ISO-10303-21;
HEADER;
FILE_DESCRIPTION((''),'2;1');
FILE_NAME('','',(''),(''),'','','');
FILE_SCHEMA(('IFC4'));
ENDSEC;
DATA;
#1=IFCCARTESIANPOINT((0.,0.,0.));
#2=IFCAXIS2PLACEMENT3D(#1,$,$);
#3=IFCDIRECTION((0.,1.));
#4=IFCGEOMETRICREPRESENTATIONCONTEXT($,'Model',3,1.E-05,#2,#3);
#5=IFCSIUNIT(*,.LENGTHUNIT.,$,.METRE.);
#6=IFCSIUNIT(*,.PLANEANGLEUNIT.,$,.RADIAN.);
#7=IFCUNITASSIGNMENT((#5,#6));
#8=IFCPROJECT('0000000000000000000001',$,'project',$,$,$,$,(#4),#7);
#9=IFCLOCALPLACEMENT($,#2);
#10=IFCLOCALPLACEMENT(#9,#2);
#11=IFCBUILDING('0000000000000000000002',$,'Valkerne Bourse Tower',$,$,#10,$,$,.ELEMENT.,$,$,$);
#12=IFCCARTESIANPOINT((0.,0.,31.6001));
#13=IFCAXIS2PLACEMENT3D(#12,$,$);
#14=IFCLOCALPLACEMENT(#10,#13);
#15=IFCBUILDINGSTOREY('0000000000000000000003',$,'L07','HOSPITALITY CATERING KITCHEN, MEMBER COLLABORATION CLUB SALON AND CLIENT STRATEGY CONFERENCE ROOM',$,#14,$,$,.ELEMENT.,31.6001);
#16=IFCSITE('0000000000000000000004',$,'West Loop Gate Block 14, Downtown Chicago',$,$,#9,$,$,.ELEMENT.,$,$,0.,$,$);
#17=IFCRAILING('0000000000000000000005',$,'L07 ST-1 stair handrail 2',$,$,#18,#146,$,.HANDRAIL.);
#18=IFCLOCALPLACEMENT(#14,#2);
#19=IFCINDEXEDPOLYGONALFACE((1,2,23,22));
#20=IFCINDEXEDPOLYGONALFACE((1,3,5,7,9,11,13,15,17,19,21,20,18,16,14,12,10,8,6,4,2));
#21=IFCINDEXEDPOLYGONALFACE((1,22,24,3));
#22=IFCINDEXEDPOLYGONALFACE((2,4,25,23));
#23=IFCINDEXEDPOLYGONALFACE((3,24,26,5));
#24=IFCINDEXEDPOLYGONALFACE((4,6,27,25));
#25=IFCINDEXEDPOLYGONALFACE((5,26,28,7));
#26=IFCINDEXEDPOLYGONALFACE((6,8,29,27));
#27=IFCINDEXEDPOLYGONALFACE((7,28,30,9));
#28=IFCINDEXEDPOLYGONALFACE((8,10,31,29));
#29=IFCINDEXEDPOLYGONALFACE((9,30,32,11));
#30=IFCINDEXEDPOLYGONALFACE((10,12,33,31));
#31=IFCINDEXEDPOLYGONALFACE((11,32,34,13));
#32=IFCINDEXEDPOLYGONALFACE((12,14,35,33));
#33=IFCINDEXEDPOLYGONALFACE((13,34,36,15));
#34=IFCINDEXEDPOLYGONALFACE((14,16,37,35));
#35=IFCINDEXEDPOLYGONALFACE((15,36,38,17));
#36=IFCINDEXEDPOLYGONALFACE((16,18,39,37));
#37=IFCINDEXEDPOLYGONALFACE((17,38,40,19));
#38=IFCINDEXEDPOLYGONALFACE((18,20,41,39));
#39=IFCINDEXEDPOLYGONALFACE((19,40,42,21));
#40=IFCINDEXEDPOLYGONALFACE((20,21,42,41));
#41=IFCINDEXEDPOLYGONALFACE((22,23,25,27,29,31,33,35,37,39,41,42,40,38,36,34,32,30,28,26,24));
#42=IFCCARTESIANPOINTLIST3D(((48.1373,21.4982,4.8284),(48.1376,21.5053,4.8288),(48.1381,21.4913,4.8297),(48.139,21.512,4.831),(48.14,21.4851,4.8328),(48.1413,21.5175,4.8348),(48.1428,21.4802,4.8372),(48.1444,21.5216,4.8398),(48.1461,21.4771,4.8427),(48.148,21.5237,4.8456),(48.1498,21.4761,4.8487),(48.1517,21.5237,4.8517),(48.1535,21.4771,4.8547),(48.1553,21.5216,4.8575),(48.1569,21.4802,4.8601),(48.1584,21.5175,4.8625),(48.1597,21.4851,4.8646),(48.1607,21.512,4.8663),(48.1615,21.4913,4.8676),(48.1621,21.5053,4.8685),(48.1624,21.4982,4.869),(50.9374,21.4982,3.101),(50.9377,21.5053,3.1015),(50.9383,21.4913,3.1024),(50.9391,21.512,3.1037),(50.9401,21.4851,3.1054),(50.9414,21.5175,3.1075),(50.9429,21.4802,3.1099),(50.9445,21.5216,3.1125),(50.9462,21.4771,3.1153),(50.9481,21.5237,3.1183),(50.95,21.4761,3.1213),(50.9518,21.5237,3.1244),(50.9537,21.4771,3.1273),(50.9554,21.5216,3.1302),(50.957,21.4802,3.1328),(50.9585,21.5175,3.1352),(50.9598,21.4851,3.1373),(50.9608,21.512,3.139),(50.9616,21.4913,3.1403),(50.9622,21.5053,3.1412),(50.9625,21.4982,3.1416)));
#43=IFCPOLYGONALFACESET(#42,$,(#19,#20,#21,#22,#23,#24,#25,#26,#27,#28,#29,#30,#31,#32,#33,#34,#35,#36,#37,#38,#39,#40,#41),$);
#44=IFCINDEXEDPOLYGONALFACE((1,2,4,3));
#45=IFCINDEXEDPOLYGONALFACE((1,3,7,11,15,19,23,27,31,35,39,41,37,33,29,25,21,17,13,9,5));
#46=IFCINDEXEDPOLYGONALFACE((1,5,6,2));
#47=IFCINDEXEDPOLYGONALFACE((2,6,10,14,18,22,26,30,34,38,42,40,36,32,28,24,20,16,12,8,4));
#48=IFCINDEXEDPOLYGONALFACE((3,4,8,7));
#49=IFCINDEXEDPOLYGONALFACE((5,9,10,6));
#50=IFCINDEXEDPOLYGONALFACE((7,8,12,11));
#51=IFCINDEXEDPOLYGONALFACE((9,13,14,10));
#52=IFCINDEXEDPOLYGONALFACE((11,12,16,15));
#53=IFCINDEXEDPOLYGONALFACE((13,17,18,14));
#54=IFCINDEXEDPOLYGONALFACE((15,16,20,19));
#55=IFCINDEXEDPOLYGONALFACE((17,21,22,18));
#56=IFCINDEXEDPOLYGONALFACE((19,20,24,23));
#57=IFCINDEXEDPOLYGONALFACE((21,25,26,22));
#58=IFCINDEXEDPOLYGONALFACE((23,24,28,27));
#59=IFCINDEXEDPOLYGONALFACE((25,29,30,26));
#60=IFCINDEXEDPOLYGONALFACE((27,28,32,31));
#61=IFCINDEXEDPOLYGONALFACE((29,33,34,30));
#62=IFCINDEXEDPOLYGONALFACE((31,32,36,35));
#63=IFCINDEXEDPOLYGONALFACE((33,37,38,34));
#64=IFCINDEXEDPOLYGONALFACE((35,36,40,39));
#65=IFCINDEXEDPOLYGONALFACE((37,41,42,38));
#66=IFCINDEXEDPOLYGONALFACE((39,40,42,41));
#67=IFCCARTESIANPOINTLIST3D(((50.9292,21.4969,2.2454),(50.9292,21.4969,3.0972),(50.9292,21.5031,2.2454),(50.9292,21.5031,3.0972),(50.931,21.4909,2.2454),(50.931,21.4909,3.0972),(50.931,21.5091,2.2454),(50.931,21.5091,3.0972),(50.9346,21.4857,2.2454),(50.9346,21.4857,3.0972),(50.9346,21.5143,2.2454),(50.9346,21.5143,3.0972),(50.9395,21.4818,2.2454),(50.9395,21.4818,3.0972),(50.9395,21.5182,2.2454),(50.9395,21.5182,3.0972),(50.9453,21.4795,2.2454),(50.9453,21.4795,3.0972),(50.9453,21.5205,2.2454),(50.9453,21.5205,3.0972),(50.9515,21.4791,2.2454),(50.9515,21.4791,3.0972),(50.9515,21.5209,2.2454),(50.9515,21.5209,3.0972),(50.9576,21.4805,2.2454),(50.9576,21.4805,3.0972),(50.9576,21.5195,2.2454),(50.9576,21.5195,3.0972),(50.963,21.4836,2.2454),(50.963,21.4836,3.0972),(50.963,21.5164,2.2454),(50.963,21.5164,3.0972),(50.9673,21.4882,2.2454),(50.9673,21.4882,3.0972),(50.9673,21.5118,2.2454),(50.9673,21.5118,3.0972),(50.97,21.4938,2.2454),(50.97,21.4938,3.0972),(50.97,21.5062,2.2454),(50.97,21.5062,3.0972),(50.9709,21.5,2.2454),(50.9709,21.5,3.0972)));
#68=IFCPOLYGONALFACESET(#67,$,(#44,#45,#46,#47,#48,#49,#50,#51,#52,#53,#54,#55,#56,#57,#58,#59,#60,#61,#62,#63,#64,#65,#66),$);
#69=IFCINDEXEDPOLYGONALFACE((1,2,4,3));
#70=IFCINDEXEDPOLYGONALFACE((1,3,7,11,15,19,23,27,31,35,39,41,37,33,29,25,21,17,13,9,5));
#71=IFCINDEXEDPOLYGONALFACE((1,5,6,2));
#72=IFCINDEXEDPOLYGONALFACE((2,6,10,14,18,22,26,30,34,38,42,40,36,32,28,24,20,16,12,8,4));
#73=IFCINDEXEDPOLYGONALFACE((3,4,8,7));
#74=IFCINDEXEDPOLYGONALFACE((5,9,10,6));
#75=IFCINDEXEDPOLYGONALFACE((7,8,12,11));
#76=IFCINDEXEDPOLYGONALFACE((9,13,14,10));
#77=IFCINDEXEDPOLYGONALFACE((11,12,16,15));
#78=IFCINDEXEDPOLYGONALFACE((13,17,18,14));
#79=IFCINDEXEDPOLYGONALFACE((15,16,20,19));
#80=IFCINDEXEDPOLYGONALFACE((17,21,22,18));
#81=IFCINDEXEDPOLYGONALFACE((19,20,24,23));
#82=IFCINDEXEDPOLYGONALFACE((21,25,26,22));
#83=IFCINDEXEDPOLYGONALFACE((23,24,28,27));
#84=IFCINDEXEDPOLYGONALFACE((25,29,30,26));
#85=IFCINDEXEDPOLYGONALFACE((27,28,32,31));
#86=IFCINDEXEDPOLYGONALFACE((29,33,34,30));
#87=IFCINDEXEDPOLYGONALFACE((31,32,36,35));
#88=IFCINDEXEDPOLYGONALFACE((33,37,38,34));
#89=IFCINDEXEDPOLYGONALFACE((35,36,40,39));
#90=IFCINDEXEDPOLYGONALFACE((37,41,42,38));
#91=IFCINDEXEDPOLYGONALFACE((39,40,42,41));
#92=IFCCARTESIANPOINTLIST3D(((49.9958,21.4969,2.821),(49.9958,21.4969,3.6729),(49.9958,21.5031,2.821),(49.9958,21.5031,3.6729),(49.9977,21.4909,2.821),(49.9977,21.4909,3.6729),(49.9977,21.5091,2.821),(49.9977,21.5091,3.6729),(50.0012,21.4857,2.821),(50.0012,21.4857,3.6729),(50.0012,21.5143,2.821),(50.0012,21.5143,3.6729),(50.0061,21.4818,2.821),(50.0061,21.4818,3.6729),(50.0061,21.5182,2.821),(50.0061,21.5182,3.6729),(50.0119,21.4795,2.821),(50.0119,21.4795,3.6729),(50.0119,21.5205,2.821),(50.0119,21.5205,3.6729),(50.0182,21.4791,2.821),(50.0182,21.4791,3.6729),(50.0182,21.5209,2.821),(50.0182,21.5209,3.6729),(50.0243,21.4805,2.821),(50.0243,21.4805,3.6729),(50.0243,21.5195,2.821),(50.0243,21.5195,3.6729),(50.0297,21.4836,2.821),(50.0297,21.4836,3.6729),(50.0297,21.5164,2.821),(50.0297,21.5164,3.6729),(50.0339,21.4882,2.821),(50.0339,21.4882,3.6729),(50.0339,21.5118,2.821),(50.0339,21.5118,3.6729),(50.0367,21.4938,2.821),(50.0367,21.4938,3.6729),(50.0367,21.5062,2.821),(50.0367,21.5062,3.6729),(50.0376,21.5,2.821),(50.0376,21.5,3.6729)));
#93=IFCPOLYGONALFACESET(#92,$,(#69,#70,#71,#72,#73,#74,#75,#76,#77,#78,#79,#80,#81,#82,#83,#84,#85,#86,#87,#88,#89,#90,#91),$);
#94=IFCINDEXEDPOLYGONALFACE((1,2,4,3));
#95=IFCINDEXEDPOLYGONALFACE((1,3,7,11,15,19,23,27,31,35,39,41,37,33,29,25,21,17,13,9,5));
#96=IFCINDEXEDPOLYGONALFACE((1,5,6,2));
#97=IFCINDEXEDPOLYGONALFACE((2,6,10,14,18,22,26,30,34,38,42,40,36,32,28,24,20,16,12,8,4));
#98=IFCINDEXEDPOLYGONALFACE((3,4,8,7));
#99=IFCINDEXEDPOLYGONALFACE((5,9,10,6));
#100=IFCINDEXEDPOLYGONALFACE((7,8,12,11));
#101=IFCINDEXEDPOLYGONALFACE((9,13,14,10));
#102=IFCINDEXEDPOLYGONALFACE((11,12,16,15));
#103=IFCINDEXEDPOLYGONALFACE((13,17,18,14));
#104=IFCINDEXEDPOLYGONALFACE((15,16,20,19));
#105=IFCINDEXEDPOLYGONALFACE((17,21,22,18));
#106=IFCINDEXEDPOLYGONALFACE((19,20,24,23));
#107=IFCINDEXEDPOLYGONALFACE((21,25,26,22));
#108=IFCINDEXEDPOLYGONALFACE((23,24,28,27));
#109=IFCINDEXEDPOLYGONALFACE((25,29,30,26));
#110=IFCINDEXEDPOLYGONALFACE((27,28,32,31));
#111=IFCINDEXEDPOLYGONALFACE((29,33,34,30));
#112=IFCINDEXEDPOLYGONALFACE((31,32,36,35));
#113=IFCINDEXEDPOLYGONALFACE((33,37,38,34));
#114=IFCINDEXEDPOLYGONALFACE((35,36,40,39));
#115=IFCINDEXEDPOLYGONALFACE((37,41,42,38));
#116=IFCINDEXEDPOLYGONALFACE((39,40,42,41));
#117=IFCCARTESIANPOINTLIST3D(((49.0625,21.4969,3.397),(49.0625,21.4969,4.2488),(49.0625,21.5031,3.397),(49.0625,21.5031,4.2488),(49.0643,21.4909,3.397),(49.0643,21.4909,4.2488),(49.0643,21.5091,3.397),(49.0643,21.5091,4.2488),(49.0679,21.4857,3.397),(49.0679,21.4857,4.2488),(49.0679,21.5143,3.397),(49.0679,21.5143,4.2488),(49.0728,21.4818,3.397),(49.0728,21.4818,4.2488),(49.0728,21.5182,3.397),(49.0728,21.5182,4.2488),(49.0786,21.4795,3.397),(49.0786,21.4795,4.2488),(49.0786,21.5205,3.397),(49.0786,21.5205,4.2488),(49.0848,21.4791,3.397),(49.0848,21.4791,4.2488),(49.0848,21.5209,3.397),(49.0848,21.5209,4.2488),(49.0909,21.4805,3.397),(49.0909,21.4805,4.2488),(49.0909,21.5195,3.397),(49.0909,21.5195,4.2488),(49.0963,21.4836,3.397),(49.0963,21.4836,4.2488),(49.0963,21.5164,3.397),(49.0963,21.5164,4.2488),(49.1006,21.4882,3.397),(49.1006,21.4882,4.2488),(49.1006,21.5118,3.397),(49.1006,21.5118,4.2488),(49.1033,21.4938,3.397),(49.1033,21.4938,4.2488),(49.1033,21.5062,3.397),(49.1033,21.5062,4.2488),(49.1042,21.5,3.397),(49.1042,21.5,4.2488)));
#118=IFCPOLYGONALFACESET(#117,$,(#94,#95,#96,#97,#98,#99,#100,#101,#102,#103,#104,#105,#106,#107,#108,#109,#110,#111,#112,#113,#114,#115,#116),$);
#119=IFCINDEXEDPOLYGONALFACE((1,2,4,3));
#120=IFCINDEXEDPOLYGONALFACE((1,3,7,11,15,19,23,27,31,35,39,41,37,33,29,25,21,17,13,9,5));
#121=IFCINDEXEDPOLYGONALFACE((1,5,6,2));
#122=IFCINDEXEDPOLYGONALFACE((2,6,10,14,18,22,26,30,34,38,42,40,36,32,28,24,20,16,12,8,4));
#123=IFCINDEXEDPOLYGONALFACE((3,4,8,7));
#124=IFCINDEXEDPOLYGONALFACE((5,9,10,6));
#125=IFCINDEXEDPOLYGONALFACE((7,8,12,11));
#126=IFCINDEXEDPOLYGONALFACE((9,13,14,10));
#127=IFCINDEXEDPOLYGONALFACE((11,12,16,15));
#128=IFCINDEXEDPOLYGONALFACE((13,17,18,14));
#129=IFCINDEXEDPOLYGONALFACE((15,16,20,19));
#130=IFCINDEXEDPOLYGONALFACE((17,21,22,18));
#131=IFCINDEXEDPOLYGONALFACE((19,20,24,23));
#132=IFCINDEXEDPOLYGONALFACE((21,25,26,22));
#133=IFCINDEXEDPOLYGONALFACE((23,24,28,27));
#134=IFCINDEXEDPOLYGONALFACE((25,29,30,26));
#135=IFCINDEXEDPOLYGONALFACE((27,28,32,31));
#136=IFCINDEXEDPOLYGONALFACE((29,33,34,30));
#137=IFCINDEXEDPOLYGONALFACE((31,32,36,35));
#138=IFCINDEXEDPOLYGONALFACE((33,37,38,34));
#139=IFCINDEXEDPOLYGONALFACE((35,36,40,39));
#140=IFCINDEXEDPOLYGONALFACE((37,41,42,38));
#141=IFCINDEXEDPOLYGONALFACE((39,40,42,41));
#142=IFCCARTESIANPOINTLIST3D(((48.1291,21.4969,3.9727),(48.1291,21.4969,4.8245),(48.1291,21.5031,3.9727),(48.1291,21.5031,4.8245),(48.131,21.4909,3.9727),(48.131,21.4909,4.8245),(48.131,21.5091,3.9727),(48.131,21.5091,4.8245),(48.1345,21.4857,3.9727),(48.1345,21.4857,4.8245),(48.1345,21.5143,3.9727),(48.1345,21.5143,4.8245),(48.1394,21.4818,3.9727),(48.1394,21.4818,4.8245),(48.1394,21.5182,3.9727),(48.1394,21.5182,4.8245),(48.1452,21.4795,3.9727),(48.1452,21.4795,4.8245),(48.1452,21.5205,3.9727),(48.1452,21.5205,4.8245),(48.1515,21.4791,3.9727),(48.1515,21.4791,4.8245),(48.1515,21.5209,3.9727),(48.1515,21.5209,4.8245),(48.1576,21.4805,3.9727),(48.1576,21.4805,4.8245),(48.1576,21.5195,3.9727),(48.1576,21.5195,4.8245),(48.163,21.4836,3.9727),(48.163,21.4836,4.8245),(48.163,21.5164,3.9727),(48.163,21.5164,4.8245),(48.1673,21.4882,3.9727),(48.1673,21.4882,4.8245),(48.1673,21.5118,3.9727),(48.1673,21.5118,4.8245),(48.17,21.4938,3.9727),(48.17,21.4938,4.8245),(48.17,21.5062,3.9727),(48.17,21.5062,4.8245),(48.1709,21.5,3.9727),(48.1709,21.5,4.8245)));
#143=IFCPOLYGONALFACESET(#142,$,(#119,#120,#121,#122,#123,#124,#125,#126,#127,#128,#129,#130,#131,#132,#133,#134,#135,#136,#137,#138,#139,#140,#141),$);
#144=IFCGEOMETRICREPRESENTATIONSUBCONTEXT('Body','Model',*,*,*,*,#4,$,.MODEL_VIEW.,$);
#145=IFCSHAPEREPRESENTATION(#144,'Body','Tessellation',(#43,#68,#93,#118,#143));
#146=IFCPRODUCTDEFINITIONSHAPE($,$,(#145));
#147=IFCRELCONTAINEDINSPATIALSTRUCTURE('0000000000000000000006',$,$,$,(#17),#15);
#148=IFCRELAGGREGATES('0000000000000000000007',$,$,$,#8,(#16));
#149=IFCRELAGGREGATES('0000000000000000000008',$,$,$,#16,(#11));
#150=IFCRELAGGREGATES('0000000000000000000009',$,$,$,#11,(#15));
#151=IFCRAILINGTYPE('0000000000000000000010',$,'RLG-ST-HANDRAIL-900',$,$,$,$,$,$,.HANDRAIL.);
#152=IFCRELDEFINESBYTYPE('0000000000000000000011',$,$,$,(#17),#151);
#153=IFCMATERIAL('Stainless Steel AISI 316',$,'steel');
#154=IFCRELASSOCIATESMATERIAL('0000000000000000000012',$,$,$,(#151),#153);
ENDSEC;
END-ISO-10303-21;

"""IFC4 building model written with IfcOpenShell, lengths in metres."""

from ifc_helpers import new_model, si_unit, direction, frame, origin, origin_2d, place, context, subcontext, project, spatial, circle, extrude, material, type_object, element, save


model = new_model("IFC4")

# Units and contexts
model_context = context("Model", 3, precision=1e-05, world=origin(), true_north=direction((0.0, 1.0)))
body_context = subcontext(model_context, "Body", "Model", "MODEL_VIEW")
ifc_project = project(units=[si_unit("LENGTHUNIT", "METRE"), si_unit("PLANEANGLEUNIT", "RADIAN")], contexts=[model_context])

# Site, building, storey
site_placement = place(None, origin())
site = spatial("IfcSite", under=ifc_project, at=site_placement, Name="West Loop Gate Block 14, Downtown Chicago", CompositionType="ELEMENT", RefElevation=0.0)
building_placement = place(site_placement, origin())
building = spatial("IfcBuilding", under=site, at=building_placement, Name="Valkerne Bourse Tower", CompositionType="ELEMENT")
storey_placement = place(building_placement, frame((0.0, 0.0, 31.6001)))
storey = spatial("IfcBuildingStorey", under=building, at=storey_placement, Name="L07", Description="HOSPITALITY CATERING KITCHEN, MEMBER COLLABORATION CLUB SALON AND CLIENT STRATEGY CONFERENCE ROOM", CompositionType="ELEMENT", Elevation=31.6001)

# Shared definitions
ifc_material_1 = material(Name="Stainless Steel AISI 316", Category="steel")

# Railing
railing_type_1 = type_object("IfcRailingType", Name="RLG-ST-HANDRAIL-900", PredefinedType="HANDRAIL", material=ifc_material_1)
railing_1_placement = place(storey_placement, frame((50.95, 21.5, 2.2454)))
element("IfcRailing", 1, at=railing_1_placement, inside=storey, type_object=railing_type_1, Name="L07 ST-1 stair handrail 2", PredefinedType="HANDRAIL", context=body_context, shape_type="SweptSolid", body=[
    extrude(circle(Radius=0.0239, at=origin_2d()), frame((0.0, 0.0, 0.876), z_axis=(-0.85109, 0.0, 0.52502), x_axis=(0.0, -1.0, 0.0)), (0.0, 0.0, 1.0), 3.29),
    extrude(circle(Radius=0.021, at=origin_2d()), origin(), (0.0, 0.0, 1.0), 0.8518),
    extrude(circle(Radius=0.021, at=origin_2d()), frame((-0.9333, 0.0, 0.5757)), (0.0, 0.0, 1.0), 0.8518),
    extrude(circle(Radius=0.021, at=origin_2d()), frame((-1.8667, 0.0, 1.1516)), (0.0, 0.0, 1.0), 0.8518),
    extrude(circle(Radius=0.021, at=origin_2d()), frame((-2.8, 0.0, 1.7273)), (0.0, 0.0, 1.0), 0.8518),
])

save(model, "model.ifc")
